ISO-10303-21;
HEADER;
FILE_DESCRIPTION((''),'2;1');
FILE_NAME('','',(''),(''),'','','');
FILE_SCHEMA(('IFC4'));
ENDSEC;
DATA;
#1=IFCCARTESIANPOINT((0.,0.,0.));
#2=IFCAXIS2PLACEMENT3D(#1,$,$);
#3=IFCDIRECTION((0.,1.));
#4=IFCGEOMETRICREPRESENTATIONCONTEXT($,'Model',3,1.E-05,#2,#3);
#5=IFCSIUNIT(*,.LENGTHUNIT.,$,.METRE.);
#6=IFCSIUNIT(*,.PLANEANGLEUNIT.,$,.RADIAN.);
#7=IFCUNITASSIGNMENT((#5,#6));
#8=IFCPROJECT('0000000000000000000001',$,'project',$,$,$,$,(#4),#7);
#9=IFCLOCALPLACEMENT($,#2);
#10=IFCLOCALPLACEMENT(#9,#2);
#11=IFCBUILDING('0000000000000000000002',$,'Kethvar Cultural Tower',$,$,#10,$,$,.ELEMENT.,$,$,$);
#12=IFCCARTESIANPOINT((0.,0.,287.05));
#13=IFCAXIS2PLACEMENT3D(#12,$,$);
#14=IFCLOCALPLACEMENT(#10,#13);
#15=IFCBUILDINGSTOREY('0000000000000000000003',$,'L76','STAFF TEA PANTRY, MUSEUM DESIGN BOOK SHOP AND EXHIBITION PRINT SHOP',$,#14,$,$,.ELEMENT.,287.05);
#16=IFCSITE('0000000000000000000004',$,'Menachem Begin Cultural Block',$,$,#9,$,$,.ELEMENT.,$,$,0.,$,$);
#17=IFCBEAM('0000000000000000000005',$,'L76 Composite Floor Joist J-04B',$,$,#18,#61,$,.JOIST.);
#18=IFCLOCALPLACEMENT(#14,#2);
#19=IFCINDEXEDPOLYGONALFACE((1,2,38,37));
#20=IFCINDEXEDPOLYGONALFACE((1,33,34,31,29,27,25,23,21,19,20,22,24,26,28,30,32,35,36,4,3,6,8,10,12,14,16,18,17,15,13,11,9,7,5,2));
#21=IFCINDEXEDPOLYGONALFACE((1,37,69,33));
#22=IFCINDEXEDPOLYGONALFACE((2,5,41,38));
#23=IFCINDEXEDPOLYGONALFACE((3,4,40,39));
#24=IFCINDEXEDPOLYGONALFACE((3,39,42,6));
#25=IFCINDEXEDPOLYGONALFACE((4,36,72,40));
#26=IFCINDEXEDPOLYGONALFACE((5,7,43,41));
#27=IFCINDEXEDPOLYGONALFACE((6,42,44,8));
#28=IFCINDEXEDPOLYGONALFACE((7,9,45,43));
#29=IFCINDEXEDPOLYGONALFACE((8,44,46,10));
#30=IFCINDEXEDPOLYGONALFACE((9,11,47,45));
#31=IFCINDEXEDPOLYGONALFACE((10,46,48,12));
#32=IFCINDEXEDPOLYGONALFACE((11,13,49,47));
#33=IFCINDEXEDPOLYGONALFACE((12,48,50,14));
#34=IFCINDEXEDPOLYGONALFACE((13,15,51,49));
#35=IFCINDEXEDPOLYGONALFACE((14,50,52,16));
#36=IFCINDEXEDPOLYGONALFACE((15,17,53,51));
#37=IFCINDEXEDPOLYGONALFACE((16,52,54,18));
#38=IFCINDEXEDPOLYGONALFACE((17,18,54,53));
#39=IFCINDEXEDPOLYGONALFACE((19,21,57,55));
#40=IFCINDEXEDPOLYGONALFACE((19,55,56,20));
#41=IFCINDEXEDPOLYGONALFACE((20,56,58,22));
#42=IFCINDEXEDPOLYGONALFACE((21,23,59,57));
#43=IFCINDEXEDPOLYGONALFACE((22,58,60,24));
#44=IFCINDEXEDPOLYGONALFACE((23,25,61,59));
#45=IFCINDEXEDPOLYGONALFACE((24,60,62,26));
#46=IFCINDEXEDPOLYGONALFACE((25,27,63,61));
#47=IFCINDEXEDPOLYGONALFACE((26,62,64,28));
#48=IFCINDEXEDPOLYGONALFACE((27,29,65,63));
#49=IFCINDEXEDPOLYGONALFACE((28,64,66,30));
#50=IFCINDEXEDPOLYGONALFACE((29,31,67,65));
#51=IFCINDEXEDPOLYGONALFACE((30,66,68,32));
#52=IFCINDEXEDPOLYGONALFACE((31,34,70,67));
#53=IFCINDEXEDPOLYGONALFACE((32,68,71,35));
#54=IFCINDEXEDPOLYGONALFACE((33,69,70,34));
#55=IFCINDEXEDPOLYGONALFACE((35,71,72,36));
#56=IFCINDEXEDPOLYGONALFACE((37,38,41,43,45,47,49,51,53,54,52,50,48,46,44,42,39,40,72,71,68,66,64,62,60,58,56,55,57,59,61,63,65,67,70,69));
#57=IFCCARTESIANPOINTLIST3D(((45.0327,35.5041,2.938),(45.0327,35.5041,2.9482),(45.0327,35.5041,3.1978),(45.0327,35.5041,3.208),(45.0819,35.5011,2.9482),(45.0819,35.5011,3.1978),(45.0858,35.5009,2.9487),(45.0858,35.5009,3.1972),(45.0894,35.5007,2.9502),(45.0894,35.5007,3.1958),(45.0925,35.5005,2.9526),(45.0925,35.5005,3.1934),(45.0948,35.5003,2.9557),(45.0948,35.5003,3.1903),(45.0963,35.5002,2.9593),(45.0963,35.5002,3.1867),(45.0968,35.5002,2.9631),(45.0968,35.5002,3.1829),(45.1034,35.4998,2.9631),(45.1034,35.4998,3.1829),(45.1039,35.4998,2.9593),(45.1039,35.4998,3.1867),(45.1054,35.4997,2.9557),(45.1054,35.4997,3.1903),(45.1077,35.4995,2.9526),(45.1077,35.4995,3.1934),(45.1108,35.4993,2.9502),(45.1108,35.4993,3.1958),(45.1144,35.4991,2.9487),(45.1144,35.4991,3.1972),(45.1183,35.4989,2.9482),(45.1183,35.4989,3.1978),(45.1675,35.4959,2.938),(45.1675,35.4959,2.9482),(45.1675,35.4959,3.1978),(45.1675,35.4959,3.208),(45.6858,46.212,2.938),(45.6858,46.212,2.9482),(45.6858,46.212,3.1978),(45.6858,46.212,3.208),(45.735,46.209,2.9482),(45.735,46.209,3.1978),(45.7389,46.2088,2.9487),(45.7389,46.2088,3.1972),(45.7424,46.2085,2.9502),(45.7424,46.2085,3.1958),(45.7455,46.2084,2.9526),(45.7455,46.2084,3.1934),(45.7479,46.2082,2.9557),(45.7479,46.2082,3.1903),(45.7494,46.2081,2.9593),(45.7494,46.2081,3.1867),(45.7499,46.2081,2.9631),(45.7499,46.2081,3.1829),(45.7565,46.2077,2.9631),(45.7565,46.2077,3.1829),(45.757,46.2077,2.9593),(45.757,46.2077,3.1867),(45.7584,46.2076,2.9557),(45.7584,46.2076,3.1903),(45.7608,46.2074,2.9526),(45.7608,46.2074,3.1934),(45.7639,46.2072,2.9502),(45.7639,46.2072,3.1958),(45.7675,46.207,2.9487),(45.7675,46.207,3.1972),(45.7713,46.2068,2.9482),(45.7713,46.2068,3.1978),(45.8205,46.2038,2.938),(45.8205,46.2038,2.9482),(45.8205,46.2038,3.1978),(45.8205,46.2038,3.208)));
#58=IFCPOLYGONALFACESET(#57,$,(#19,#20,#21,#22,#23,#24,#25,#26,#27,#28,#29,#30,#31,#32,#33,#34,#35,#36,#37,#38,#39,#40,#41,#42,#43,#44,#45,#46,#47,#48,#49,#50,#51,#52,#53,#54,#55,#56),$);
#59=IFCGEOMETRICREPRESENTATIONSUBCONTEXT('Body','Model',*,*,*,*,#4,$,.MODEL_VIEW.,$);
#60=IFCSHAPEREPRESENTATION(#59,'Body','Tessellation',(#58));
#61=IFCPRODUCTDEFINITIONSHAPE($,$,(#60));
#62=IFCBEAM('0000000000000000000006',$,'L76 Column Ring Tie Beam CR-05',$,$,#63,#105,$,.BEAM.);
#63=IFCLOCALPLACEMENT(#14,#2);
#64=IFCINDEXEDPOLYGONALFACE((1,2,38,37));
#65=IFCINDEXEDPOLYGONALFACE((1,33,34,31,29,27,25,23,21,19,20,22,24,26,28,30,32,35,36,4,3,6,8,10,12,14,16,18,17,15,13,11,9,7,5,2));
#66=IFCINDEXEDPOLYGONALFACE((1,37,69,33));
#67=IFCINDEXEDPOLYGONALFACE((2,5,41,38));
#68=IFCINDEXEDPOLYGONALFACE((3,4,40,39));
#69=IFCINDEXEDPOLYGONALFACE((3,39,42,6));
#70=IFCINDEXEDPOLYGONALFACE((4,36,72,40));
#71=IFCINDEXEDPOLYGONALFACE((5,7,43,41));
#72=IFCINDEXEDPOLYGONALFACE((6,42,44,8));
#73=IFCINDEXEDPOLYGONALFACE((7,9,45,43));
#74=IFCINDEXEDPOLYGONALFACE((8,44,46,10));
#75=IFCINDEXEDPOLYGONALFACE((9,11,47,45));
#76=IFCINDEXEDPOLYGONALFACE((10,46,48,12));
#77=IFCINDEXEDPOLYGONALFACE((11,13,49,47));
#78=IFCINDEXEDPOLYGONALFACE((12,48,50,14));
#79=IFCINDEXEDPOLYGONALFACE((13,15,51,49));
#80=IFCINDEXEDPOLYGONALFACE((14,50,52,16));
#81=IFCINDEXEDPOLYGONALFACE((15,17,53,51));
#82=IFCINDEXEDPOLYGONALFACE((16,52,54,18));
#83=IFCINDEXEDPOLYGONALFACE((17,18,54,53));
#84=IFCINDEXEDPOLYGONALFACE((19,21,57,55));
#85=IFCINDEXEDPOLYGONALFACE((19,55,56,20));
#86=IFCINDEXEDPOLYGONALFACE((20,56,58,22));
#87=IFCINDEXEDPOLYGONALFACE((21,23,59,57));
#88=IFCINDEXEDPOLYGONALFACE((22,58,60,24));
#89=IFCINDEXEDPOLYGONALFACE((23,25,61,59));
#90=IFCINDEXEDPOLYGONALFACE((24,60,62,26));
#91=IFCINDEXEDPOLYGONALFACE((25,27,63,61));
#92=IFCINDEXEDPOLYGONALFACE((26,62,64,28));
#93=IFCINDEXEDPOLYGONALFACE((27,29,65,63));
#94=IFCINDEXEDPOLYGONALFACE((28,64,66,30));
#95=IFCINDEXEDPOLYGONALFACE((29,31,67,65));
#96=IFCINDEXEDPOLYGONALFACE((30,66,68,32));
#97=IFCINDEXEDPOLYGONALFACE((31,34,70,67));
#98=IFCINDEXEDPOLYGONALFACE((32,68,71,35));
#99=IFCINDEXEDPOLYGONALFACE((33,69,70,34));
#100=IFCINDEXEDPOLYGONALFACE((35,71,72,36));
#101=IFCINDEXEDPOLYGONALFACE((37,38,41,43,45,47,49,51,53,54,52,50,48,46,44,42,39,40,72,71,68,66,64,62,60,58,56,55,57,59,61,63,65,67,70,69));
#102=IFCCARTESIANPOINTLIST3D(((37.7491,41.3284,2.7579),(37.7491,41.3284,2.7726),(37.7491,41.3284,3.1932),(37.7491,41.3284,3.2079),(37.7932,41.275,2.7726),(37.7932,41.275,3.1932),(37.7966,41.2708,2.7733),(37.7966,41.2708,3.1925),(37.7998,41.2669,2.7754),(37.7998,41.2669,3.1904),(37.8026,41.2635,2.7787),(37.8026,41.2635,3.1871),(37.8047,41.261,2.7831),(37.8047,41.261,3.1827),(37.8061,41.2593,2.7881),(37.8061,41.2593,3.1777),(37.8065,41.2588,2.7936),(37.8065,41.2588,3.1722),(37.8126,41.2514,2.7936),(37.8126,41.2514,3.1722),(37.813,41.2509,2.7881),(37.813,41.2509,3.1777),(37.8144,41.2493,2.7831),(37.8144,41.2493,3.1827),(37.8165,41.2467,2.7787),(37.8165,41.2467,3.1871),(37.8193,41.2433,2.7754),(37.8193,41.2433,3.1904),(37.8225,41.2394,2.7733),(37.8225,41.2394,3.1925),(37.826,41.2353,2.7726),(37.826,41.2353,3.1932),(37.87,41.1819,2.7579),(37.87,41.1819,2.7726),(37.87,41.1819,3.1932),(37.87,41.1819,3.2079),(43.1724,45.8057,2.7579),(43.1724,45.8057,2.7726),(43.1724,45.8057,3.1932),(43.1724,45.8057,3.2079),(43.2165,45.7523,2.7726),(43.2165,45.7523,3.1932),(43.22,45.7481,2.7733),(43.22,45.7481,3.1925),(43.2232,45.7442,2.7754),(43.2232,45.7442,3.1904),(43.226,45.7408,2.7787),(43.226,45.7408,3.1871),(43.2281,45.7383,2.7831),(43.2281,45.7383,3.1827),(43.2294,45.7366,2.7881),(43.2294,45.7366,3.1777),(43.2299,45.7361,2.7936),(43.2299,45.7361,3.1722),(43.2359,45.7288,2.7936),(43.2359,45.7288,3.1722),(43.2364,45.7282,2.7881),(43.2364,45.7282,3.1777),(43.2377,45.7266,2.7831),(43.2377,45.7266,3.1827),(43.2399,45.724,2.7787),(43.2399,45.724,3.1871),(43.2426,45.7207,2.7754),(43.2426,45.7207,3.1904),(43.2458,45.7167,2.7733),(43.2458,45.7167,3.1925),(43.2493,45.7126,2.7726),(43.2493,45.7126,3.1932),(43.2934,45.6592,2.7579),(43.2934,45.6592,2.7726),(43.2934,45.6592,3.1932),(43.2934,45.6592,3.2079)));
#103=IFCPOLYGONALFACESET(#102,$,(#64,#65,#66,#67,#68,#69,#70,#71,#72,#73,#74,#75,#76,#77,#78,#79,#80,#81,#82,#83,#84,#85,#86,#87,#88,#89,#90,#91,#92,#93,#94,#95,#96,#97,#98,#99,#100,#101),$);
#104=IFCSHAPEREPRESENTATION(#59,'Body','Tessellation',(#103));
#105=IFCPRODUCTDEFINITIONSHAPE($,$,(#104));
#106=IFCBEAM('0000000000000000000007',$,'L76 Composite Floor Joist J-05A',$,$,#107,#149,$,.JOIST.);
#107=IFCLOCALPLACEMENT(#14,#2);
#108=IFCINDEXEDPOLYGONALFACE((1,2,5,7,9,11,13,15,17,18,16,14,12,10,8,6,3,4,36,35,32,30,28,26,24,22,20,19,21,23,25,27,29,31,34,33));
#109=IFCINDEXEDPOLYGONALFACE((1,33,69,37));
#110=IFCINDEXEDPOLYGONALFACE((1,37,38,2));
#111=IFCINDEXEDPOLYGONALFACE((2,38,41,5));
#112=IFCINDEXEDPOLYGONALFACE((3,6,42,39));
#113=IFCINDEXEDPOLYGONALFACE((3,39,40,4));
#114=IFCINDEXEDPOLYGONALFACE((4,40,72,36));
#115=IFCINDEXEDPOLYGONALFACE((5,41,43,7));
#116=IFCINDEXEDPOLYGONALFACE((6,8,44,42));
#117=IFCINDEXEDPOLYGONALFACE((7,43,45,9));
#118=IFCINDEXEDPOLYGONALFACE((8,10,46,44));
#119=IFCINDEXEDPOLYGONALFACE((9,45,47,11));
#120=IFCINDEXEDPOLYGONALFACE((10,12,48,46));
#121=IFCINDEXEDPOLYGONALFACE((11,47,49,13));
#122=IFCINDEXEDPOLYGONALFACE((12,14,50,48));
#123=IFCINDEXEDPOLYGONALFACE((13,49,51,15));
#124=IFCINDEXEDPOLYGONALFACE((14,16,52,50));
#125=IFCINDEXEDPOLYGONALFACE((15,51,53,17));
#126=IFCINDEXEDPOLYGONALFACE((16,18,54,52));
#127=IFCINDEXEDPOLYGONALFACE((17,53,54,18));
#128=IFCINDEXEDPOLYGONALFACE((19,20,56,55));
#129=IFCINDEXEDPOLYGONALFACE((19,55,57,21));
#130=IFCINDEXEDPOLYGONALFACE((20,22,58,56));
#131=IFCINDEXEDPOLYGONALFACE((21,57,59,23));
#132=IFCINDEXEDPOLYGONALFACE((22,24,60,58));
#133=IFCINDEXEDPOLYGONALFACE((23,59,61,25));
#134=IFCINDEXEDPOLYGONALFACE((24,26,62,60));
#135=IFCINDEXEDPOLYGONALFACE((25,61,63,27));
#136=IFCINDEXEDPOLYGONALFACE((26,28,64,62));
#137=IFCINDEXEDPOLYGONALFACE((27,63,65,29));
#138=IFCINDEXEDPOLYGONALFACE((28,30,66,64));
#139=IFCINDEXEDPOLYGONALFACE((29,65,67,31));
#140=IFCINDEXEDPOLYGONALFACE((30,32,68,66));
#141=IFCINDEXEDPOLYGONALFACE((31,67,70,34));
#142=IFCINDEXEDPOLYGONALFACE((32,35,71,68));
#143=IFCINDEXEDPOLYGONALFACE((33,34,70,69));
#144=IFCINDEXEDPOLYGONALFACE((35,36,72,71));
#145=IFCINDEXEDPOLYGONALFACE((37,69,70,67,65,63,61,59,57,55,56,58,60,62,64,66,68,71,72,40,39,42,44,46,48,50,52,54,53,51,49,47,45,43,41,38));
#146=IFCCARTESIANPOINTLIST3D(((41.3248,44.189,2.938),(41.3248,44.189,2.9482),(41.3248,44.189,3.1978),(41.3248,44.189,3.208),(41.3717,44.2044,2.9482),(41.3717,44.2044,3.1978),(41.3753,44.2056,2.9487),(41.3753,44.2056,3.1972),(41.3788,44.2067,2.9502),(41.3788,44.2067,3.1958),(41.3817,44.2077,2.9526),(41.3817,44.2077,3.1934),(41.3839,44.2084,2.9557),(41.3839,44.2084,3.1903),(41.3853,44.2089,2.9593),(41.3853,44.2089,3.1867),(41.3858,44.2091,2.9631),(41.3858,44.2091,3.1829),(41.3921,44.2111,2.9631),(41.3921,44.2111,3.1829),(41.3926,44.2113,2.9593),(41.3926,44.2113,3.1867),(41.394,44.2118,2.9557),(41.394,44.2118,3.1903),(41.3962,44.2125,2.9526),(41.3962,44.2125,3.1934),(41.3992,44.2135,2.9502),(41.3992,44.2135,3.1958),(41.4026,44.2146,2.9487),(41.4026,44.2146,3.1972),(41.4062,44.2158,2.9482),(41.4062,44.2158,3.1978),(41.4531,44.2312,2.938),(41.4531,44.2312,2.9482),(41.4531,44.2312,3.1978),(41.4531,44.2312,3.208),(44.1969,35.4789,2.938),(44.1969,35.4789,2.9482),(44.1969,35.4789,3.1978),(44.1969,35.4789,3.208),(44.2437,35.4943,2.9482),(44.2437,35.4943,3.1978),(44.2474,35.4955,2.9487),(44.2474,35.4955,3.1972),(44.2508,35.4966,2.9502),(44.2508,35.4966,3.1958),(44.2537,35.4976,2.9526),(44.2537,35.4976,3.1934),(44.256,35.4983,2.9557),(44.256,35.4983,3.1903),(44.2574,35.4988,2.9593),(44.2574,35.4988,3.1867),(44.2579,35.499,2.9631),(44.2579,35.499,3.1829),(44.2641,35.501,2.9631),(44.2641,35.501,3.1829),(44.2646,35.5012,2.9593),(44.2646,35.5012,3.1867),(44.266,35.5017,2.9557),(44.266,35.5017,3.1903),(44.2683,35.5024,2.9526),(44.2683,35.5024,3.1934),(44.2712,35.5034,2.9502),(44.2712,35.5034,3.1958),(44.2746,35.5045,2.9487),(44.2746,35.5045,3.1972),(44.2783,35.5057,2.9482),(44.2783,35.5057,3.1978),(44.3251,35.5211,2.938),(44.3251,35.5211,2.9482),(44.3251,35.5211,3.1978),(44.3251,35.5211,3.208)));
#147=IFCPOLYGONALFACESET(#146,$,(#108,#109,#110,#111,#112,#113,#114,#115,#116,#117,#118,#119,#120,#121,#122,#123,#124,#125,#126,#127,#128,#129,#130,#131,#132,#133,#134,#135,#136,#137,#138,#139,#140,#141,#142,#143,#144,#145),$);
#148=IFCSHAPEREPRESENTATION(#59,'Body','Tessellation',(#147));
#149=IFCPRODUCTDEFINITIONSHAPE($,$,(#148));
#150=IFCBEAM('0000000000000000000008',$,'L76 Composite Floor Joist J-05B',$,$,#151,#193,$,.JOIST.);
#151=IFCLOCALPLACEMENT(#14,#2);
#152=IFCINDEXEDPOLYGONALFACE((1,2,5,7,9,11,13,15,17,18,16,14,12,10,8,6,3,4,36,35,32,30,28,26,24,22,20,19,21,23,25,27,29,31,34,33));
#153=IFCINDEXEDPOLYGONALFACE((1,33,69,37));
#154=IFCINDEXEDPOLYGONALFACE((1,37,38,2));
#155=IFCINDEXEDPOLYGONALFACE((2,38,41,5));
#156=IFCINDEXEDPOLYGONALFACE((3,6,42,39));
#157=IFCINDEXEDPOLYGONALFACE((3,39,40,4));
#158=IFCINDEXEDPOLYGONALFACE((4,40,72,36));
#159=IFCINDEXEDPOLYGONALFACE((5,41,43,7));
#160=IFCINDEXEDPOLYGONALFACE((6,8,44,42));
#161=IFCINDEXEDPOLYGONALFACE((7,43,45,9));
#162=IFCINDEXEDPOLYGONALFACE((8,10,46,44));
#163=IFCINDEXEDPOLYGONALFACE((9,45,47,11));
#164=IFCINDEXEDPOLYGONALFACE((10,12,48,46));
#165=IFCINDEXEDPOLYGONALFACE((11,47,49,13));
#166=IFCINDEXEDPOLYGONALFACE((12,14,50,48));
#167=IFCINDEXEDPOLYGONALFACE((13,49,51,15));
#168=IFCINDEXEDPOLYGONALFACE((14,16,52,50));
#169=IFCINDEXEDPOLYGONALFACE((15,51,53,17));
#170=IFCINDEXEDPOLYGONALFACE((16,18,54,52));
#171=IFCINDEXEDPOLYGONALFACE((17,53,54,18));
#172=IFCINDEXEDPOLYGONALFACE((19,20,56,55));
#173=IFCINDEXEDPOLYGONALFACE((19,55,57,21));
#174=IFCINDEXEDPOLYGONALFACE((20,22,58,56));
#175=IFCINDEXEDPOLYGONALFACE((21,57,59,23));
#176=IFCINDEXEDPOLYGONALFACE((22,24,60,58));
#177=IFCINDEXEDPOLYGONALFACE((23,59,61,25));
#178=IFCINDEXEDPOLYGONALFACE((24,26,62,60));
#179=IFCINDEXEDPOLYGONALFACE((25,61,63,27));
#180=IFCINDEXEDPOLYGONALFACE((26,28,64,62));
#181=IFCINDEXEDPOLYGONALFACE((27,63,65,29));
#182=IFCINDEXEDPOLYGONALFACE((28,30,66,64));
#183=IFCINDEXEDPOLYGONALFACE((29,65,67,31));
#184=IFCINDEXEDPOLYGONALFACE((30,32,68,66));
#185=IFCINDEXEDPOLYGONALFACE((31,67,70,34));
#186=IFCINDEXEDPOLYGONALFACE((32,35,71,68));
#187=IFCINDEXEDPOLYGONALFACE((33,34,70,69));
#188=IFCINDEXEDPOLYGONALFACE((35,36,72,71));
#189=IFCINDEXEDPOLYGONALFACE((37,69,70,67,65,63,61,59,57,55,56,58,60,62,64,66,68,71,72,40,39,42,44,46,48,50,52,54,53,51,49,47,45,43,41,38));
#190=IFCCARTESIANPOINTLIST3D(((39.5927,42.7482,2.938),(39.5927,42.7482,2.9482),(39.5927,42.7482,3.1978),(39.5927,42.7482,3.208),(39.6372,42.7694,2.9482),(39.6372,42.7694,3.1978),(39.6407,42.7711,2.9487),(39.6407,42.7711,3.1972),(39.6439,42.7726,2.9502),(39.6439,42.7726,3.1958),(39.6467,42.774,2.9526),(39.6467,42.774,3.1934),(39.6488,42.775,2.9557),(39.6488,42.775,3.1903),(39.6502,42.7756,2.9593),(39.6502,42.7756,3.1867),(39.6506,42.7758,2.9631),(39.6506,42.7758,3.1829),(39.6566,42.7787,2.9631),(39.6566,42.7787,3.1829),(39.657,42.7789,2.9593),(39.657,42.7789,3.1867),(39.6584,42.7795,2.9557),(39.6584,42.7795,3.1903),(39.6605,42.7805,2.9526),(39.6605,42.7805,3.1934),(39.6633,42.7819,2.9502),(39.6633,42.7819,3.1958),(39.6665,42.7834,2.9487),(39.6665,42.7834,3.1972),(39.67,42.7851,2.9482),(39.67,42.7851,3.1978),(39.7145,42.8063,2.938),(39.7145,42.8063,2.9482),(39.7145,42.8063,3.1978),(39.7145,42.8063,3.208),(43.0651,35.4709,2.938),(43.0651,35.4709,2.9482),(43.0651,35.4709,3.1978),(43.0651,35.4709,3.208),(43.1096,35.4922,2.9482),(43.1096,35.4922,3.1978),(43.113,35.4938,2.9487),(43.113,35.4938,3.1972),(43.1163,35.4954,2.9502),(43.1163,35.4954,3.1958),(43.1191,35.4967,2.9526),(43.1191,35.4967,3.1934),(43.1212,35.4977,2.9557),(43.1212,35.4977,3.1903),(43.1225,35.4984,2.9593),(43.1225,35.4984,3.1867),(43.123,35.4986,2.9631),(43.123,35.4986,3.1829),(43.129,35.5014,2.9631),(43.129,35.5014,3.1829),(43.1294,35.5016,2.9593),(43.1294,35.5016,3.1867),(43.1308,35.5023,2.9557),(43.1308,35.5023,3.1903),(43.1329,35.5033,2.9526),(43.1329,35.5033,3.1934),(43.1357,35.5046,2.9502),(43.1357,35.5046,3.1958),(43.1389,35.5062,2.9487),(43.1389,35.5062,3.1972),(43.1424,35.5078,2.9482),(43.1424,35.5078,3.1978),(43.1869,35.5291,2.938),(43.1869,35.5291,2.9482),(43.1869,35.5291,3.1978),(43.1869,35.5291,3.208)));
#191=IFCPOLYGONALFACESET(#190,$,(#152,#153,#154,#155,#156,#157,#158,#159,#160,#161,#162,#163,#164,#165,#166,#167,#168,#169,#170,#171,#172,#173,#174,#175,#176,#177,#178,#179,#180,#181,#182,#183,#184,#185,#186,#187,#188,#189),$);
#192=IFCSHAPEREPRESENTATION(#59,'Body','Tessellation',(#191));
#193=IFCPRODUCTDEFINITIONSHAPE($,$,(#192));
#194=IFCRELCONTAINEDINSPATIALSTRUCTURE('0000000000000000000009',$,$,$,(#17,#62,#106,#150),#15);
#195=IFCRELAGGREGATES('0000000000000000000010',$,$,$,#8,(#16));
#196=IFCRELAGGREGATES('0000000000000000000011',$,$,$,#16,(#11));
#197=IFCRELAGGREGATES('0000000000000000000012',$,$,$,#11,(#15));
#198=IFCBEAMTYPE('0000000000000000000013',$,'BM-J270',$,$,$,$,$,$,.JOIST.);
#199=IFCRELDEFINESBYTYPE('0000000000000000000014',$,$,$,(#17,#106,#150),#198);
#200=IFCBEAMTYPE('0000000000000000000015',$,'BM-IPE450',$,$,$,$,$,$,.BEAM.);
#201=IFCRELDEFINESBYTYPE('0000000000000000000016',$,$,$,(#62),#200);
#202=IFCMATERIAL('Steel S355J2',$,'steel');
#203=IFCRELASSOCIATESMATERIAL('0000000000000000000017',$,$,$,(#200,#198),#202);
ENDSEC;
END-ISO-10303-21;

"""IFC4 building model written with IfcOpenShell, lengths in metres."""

from ifc_helpers import new_model, si_unit, direction, frame, origin, origin_2d, place, context, subcontext, project, spatial, i_section, extrude, source, transform, mapped, material, material_profile, profile_set, type_object, element, save


model = new_model("IFC4")

# Units and contexts
model_context = context("Model", 3, precision=1e-05, world=origin(), true_north=direction((0.0, 1.0)))
body_context = subcontext(model_context, "Body", "Model", "MODEL_VIEW")
ifc_project = project(units=[si_unit("LENGTHUNIT", "METRE"), si_unit("PLANEANGLEUNIT", "RADIAN")], contexts=[model_context])

# Site, building, storey
site_placement = place(None, origin())
site = spatial("IfcSite", under=ifc_project, at=site_placement, Name="Menachem Begin Cultural Block", CompositionType="ELEMENT", RefElevation=0.0)
building_placement = place(site_placement, origin())
building = spatial("IfcBuilding", under=site, at=building_placement, Name="Kethvar Cultural Tower", CompositionType="ELEMENT")
storey_placement = place(building_placement, frame((0.0, 0.0, 287.05)))
storey = spatial("IfcBuildingStorey", under=building, at=storey_placement, Name="L76", Description="STAFF TEA PANTRY, MUSEUM DESIGN BOOK SHOP AND EXHIBITION PRINT SHOP", CompositionType="ELEMENT", Elevation=287.05)

# Shared definitions
ifc_material_1 = material(Name="Steel S355J2", Category="steel")

# Beams
ifc_material_profile_1 = material_profile(ifc_material_1, i_section(OverallWidth=0.1899, OverallDepth=0.45, WebThickness=0.0095, FlangeThickness=0.0146, FilletRadius=0.021, at=origin_2d()), Name="Steel S355J2 — IPE450")
ifc_profile_set_1 = profile_set([ifc_material_profile_1], Name="Steel S355J2 — IPE450")
beam_type_1 = type_object("IfcBeamType", Name="BM-IPE450", PredefinedType="BEAM", material=ifc_profile_set_1)
ifc_material_profile_2 = material_profile(ifc_material_1, i_section(OverallWidth=0.135, OverallDepth=0.27, WebThickness=0.0066, FlangeThickness=0.0103, FilletRadius=0.0149, at=origin_2d()), Name="Steel S355J2 — IPE270")
ifc_profile_set_2 = profile_set([ifc_material_profile_2], Name="Steel S355J2 — IPE270")
beam_type_2 = type_object("IfcBeamType", Name="BM-J270", PredefinedType="JOIST", material=ifc_profile_set_2)
shared_shape_1 = source(origin(), body_context, "Body", "SweptSolid", [
    extrude(i_section(OverallWidth=0.135, OverallDepth=0.27, WebThickness=0.0066, FlangeThickness=0.0103, FilletRadius=0.0149, at=origin_2d()), origin(), (0.0, 0.0, 1.0), 10.7278),
])
beam_1_placement = place(storey_placement, frame((45.1001, 35.5, 3.073), z_axis=(0.060876, 0.998145, 0.0), x_axis=(-0.998145, 0.060876, 0.0)))
element("IfcBeam", 1, at=beam_1_placement, inside=storey, type_object=beam_type_2, Name="L76 Composite Floor Joist J-04B", PredefinedType="JOIST", context=body_context, shape_type="MappedRepresentation", body=[
    mapped(shared_shape_1, transform((0.0, 0.0, 0.0), scale=1.0)),
])
shared_shape_2 = source(origin(), body_context, "Body", "SweptSolid", [
    extrude(i_section(OverallWidth=0.1899, OverallDepth=0.45, WebThickness=0.0095, FlangeThickness=0.0146, FilletRadius=0.021, at=origin_2d()), origin(), (0.0, 0.0, 1.0), 7.0327),
])
beam_2_placement = place(storey_placement, frame((43.2329, 45.7324, 2.9829), z_axis=(-0.771161, -0.63664, 0.0), x_axis=(0.63664, -0.771161, 0.0)))
element("IfcBeam", 2, at=beam_2_placement, inside=storey, type_object=beam_type_1, Name="L76 Column Ring Tie Beam CR-05", PredefinedType="BEAM", context=body_context, shape_type="MappedRepresentation", body=[
    mapped(shared_shape_2, transform((0.0, 0.0, 0.0), scale=1.0)),
])
shared_shape_3 = source(origin(), body_context, "Body", "SweptSolid", [
    extrude(i_section(OverallWidth=0.135, OverallDepth=0.27, WebThickness=0.0066, FlangeThickness=0.0103, FilletRadius=0.0149, at=origin_2d()), origin(), (0.0, 0.0, 1.0), 9.1714),
])
beam_3_placement = place(storey_placement, frame((44.261, 35.5, 3.073), z_axis=(-0.313152, 0.949703, 0.0), x_axis=(-0.949703, -0.313152, 0.0)))
element("IfcBeam", 3, at=beam_3_placement, inside=storey, type_object=beam_type_2, Name="L76 Composite Floor Joist J-05A", PredefinedType="JOIST", context=body_context, shape_type="MappedRepresentation", body=[
    mapped(shared_shape_3, transform((0.0, 0.0, 0.0), scale=1.0)),
])
shared_shape_4 = source(origin(), body_context, "Body", "SweptSolid", [
    extrude(i_section(OverallWidth=0.135, OverallDepth=0.27, WebThickness=0.0066, FlangeThickness=0.0103, FilletRadius=0.0149, at=origin_2d()), origin(), (0.0, 0.0, 1.0), 8.0632),
])
beam_4_placement = place(storey_placement, frame((43.126, 35.5, 3.073), z_axis=(-0.430642, 0.902523, 0.0), x_axis=(-0.902523, -0.430642, 0.0)))
element("IfcBeam", 4, at=beam_4_placement, inside=storey, type_object=beam_type_2, Name="L76 Composite Floor Joist J-05B", PredefinedType="JOIST", context=body_context, shape_type="MappedRepresentation", body=[
    mapped(shared_shape_4, transform((0.0, 0.0, 0.0), scale=1.0)),
])

save(model, "model.ifc")
